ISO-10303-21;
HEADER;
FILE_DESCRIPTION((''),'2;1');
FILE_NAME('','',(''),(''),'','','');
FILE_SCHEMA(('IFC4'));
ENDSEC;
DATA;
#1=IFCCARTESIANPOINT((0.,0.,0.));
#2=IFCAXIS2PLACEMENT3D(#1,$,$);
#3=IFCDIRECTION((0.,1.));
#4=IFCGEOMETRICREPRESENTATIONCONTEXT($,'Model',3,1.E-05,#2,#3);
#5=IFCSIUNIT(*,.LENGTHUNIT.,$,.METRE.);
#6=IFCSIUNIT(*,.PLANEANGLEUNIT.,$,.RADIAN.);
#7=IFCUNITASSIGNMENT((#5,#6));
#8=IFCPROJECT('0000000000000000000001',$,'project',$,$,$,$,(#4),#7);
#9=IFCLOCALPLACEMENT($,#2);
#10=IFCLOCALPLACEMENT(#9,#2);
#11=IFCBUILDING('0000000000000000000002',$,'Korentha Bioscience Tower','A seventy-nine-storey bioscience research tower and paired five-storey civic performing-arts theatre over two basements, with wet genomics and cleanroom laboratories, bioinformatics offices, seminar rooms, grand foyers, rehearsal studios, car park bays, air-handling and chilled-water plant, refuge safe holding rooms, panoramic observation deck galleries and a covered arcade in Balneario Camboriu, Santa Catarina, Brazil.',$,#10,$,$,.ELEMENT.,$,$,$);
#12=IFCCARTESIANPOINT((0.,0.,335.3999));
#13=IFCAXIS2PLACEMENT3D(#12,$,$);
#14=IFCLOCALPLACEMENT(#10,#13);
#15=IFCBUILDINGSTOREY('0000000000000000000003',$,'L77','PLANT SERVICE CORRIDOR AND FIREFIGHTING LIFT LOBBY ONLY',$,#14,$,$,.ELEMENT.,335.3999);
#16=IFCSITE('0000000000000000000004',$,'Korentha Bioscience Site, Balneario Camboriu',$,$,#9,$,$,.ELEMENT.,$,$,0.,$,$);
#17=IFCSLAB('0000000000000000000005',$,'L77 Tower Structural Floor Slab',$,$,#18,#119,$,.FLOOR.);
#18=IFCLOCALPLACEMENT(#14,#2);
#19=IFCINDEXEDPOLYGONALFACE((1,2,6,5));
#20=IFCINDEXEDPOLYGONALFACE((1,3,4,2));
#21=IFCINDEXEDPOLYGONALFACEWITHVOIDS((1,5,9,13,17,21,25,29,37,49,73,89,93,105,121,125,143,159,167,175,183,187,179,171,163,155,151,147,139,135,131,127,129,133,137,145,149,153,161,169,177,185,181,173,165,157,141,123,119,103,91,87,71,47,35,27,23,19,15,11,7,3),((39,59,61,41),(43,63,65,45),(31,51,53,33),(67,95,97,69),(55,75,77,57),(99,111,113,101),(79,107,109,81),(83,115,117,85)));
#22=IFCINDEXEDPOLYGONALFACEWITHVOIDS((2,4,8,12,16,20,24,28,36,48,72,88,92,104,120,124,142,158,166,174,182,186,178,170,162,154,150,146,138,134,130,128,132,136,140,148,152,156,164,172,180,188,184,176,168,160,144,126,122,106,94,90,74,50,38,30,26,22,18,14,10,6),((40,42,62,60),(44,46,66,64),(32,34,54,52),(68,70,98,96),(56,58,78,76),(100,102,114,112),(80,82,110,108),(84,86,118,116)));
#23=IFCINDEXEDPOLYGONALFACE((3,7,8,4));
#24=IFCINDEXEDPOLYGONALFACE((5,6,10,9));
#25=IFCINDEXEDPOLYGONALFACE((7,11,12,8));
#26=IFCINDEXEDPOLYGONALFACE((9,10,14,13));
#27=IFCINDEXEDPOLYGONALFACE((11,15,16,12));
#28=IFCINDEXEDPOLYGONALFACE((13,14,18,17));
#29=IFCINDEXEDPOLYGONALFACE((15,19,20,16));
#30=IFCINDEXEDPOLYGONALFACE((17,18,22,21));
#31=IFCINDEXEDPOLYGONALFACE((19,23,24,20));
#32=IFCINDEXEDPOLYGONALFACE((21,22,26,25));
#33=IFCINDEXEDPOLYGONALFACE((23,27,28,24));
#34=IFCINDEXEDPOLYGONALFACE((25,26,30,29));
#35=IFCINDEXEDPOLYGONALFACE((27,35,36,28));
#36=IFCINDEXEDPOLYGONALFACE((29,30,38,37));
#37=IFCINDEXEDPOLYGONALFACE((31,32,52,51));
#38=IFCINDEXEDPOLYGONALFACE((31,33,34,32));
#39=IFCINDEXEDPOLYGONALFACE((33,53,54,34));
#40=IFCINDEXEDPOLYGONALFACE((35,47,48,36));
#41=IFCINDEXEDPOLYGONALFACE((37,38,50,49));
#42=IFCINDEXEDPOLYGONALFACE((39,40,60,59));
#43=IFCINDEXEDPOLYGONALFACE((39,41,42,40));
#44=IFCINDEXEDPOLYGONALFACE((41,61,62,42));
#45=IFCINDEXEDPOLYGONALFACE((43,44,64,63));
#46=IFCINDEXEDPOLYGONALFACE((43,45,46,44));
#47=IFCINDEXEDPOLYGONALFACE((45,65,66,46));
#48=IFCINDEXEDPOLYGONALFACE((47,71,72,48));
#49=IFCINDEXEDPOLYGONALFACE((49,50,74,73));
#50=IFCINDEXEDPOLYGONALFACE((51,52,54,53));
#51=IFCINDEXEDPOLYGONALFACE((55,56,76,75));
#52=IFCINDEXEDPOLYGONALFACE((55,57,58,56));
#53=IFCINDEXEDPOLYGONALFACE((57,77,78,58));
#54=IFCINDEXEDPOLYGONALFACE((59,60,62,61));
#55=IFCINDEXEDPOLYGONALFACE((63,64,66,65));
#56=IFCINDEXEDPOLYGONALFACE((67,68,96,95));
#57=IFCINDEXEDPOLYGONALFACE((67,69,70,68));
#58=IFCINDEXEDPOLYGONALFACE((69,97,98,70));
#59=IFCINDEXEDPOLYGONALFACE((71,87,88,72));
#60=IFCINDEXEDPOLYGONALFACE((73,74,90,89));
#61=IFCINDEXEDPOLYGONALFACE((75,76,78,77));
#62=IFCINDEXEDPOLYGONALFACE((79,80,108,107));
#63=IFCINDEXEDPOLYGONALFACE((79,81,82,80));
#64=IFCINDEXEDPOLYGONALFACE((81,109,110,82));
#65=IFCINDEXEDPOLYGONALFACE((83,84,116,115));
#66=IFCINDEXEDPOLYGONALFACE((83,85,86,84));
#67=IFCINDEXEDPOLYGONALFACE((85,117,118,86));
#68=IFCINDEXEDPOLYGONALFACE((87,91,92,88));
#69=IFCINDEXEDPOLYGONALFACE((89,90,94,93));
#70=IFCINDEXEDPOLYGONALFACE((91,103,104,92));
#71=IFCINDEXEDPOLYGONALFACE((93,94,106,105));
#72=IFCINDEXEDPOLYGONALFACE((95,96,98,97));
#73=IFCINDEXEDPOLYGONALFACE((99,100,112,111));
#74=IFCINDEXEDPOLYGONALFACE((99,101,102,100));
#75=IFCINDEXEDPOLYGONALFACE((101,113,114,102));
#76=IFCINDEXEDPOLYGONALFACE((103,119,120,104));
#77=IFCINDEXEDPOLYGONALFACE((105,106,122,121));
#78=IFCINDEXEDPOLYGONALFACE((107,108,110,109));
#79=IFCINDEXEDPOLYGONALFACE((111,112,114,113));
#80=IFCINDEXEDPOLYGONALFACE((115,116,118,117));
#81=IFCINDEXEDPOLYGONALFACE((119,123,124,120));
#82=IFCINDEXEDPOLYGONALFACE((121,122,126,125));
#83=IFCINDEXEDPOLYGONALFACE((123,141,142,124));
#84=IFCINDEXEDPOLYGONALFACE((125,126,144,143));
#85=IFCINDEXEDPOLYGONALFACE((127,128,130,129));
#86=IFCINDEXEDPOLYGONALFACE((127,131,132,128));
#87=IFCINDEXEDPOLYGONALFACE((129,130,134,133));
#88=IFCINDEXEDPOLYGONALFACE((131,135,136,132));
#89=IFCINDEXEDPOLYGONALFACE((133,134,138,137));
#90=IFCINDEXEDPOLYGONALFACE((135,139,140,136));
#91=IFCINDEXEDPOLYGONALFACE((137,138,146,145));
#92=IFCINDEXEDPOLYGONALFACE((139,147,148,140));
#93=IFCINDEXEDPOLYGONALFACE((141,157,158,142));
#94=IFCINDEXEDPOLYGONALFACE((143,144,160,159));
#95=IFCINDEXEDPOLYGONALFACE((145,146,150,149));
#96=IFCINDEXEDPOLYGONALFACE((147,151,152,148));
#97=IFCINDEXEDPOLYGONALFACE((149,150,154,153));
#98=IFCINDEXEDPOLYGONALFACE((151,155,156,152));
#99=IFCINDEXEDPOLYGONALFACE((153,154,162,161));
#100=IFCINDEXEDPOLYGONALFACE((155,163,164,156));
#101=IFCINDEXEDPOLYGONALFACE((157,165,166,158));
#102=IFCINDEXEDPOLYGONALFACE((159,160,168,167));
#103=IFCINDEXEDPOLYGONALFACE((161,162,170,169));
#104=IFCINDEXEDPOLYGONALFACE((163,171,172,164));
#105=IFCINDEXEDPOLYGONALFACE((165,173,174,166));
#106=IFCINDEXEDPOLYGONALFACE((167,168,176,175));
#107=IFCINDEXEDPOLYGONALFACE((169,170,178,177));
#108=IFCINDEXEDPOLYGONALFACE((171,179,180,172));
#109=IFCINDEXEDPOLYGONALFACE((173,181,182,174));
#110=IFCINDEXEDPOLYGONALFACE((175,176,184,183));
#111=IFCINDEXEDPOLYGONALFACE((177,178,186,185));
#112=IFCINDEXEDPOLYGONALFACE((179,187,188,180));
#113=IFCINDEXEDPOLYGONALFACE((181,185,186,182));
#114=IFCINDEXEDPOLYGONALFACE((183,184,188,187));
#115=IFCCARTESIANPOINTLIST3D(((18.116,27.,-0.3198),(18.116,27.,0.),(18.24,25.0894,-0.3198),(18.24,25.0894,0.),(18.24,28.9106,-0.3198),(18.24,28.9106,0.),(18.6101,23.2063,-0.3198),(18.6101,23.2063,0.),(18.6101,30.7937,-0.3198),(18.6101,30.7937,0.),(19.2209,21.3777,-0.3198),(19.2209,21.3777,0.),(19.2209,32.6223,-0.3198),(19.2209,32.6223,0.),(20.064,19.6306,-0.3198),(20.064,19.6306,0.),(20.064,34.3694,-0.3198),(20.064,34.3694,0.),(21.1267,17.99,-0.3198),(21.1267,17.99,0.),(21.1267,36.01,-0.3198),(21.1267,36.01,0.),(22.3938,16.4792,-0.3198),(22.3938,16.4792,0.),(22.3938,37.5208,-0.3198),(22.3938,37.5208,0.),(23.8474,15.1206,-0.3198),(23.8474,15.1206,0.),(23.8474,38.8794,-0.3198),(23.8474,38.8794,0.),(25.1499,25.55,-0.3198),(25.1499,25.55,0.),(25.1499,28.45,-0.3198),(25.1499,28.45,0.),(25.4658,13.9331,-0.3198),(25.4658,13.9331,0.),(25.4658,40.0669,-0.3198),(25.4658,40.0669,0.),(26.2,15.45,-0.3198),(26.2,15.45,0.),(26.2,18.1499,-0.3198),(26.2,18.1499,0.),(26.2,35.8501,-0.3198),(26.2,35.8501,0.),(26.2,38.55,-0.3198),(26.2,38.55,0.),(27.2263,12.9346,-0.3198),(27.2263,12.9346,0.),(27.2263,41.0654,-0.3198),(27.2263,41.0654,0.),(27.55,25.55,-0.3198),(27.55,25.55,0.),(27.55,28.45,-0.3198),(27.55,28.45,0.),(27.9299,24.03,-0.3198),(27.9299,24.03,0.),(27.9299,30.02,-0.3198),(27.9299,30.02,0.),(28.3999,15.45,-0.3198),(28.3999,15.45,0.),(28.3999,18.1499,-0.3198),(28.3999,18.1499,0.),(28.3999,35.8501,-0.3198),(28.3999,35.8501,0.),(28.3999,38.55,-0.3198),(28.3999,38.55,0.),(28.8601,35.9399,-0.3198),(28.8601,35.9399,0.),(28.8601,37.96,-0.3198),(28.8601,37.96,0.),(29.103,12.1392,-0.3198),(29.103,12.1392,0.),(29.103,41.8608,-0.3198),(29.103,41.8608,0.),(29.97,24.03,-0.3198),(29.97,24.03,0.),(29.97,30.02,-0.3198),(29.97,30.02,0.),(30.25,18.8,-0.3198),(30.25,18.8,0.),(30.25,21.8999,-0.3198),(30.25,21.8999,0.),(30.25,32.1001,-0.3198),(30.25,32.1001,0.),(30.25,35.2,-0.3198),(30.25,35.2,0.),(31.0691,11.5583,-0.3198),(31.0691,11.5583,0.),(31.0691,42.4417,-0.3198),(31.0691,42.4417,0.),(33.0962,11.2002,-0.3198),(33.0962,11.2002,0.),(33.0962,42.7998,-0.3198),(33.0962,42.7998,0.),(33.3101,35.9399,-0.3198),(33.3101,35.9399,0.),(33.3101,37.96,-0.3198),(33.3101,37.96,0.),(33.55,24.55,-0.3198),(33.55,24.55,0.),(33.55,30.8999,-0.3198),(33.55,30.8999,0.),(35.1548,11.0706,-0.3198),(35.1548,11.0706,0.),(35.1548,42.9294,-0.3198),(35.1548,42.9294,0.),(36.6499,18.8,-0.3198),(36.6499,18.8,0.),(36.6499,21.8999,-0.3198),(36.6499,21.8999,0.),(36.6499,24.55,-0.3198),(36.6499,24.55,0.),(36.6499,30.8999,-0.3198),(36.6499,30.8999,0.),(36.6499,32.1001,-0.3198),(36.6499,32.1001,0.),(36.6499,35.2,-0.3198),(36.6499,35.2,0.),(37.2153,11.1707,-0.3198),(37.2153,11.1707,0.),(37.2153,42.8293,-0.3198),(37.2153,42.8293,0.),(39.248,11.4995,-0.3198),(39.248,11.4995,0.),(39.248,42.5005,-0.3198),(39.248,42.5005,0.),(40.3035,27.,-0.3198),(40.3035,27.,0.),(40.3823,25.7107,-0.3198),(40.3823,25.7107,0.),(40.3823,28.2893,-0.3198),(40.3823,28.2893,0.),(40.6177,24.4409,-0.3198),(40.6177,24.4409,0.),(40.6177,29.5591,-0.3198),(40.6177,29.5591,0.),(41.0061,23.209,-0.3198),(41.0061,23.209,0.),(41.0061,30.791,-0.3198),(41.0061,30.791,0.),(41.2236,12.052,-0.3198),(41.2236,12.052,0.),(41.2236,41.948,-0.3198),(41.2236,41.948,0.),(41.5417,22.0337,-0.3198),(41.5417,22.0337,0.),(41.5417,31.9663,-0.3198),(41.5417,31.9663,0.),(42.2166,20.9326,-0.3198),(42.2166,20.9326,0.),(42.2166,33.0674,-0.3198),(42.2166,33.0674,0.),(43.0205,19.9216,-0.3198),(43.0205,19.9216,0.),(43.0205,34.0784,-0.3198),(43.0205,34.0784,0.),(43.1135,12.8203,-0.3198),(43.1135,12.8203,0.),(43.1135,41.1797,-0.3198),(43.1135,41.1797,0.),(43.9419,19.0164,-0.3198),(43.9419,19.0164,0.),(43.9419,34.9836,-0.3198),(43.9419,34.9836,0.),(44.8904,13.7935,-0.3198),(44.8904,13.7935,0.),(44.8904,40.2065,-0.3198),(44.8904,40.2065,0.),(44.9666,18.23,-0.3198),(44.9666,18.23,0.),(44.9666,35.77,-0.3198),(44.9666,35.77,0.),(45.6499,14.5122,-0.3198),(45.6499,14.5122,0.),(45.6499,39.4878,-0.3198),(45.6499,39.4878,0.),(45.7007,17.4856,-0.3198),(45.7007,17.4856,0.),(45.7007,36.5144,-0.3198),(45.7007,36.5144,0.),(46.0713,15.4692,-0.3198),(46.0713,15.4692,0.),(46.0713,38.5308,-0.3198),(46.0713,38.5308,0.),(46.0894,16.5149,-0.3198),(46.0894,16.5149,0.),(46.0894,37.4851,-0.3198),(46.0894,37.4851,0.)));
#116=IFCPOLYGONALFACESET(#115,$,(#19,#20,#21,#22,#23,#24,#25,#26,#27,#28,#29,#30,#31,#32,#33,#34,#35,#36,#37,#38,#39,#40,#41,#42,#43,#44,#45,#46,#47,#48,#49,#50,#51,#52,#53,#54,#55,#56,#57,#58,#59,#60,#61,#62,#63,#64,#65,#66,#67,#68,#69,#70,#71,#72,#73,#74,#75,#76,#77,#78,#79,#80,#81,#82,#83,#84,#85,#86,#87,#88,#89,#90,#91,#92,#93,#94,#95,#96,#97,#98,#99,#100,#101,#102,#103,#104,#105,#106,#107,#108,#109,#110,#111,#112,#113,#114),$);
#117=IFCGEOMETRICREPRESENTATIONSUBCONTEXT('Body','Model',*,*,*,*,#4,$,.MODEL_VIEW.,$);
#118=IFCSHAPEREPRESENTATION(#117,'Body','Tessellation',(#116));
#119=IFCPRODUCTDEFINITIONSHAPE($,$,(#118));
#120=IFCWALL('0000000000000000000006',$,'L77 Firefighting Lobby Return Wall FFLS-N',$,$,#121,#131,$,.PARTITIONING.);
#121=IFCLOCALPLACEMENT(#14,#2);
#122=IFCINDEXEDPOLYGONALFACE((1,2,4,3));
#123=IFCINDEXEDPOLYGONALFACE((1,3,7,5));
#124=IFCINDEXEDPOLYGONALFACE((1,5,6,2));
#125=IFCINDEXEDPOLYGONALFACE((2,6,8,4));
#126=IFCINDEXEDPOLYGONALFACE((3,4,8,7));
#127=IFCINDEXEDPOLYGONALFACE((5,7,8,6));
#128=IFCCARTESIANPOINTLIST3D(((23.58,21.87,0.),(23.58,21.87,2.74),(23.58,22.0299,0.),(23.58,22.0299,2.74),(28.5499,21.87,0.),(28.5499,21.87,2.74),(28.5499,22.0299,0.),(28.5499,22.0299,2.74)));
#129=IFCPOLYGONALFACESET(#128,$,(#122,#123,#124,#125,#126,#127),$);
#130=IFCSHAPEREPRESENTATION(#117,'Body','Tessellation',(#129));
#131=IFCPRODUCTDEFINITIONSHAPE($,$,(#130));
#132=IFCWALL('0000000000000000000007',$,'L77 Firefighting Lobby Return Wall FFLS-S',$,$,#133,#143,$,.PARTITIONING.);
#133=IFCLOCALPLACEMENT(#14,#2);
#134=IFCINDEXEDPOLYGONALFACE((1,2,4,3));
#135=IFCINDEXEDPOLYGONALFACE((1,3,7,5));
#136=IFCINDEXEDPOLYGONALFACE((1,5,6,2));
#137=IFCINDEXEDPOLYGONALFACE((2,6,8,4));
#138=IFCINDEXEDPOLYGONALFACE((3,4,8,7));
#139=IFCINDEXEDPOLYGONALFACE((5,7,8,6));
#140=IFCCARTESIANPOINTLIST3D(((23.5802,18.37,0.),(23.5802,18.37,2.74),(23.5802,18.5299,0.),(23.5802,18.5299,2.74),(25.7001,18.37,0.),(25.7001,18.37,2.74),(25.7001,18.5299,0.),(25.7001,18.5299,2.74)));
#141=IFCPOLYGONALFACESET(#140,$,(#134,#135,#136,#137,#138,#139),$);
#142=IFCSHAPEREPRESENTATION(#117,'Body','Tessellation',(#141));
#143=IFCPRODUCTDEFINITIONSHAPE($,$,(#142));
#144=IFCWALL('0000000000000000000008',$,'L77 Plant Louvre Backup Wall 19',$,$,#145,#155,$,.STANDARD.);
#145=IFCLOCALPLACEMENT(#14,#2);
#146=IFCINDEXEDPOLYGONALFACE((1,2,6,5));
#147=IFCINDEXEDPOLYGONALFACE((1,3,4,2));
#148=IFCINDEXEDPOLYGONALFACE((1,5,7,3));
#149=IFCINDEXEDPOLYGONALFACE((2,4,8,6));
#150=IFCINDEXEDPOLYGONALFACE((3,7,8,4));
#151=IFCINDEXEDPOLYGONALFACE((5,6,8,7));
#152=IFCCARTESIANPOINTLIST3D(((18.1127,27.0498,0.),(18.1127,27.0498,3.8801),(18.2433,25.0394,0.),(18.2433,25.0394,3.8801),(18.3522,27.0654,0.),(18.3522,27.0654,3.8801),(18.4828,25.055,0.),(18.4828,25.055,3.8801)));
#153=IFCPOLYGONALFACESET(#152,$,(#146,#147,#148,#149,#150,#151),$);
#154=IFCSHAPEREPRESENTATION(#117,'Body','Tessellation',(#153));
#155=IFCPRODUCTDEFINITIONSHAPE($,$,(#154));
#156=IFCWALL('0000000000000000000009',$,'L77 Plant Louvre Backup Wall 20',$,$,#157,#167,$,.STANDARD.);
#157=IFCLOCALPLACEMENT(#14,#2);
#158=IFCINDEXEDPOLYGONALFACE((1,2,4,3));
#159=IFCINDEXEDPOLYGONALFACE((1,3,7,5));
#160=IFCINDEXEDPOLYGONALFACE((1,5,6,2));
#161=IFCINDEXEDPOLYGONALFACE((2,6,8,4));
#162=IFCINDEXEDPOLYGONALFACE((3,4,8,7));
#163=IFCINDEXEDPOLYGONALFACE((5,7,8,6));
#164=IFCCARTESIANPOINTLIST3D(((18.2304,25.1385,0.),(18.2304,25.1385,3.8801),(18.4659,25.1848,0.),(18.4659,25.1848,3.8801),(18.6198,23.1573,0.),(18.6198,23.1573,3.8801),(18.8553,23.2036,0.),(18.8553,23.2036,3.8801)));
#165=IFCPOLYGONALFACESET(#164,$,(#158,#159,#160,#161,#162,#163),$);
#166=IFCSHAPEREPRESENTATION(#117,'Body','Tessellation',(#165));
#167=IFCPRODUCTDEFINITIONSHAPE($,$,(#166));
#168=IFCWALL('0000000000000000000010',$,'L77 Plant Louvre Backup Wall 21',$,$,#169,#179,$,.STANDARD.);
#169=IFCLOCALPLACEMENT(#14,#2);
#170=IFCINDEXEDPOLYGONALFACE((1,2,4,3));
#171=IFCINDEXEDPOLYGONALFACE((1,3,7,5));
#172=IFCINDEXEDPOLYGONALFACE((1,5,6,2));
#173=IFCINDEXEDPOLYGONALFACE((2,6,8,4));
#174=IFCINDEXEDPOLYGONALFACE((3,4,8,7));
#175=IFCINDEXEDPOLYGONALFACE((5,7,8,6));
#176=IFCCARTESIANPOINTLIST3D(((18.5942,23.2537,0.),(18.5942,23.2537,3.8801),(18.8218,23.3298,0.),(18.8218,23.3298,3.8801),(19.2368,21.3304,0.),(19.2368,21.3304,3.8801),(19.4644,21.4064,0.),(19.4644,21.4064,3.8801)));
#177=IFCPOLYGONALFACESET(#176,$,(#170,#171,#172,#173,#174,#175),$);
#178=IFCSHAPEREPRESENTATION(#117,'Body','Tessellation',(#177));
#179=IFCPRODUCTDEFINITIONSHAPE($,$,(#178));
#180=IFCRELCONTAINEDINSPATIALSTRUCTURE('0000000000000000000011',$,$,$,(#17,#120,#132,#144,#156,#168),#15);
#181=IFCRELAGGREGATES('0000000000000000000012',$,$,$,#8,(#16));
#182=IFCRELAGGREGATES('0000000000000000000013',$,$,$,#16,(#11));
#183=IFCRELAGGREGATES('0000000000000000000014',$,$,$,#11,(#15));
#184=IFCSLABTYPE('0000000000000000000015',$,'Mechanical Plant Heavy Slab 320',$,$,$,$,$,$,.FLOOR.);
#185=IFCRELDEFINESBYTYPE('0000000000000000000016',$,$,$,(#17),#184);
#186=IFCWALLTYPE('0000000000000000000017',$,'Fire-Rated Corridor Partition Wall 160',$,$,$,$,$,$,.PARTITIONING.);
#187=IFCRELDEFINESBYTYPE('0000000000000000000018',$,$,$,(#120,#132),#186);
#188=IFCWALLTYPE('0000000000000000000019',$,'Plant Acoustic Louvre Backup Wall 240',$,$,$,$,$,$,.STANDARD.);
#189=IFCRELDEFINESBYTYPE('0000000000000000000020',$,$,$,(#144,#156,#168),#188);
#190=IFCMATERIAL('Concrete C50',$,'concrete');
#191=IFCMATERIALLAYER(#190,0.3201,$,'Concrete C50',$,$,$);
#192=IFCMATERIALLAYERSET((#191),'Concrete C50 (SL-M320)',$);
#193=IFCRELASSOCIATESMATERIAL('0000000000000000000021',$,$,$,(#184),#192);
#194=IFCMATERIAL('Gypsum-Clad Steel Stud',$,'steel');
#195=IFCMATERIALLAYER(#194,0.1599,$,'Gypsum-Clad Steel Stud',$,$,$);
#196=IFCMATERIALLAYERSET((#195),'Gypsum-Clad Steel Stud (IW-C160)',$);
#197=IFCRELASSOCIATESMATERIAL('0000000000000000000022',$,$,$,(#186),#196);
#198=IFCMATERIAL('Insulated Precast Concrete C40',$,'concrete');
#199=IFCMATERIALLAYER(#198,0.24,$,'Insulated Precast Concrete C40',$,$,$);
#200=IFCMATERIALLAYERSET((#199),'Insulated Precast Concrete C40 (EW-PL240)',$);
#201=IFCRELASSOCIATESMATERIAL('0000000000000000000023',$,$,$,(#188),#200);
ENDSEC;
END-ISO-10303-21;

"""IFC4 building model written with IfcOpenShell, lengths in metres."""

from ifc_helpers import new_model, si_unit, direction, frame, frame_2d, origin, place, context, subcontext, project, spatial, polyline, rectangle, outline, extrude, material, layer, layer_set, type_object, element, save


model = new_model("IFC4")

# Units and contexts
model_context = context("Model", 3, precision=1e-05, world=origin(), true_north=direction((0.0, 1.0)))
body_context = subcontext(model_context, "Body", "Model", "MODEL_VIEW")
ifc_project = project(units=[si_unit("LENGTHUNIT", "METRE"), si_unit("PLANEANGLEUNIT", "RADIAN")], contexts=[model_context])

# Site, building, storey
site_placement = place(None, origin())
site = spatial("IfcSite", under=ifc_project, at=site_placement, Name="Korentha Bioscience Site, Balneario Camboriu", CompositionType="ELEMENT", RefElevation=0.0)
building_placement = place(site_placement, origin())
building = spatial("IfcBuilding", under=site, at=building_placement, Name="Korentha Bioscience Tower", Description="A seventy-nine-storey bioscience research tower and paired five-storey civic performing-arts theatre over two basements, with wet genomics and cleanroom laboratories, bioinformatics offices, seminar rooms, grand foyers, rehearsal studios, car park bays, air-handling and chilled-water plant, refuge safe holding rooms, panoramic observation deck galleries and a covered arcade in Balneario Camboriu, Santa Catarina, Brazil.", CompositionType="ELEMENT")
storey_placement = place(building_placement, frame((0.0, 0.0, 335.3999)))
storey = spatial("IfcBuildingStorey", under=building, at=storey_placement, Name="L77", Description="PLANT SERVICE CORRIDOR AND FIREFIGHTING LIFT LOBBY ONLY", CompositionType="ELEMENT", Elevation=335.3999)

# Shared definitions
ifc_material_1 = material(Name="Concrete C50", Category="concrete")

# Slab
ifc_layer_1 = layer(ifc_material_1, 0.3201, Name="Concrete C50")
ifc_layer_set_1 = layer_set([ifc_layer_1], Name="Concrete C50 (SL-M320)")
slab_type_1 = type_object("IfcSlabType", Name="Mechanical Plant Heavy Slab 320", PredefinedType="FLOOR", material=ifc_layer_set_1)
slab_1_placement = place(storey_placement, frame((0.0, 0.0, -0.3198)))
element("IfcSlab", 1, at=slab_1_placement, inside=storey, type_object=slab_type_1, Name="L77 Tower Structural Floor Slab", PredefinedType="FLOOR", context=body_context, shape_type="SweptSolid", body=[
    extrude(outline(polyline([(44.8904, 40.2065), (43.1135, 41.1797), (41.2236, 41.948), (39.248, 42.5005), (37.2153, 42.8293), (35.1548, 42.9294), (33.0962, 42.7998), (31.0691, 42.4417), (29.103, 41.8608), (27.2263, 41.0654), (25.4658, 40.0669), (23.8474, 38.8794), (22.3938, 37.5208), (21.1267, 36.01), (20.064, 34.3694), (19.2209, 32.6223), (18.6101, 30.7937), (18.24, 28.9106), (18.116, 27.0), (18.24, 25.0894), (18.6101, 23.2063), (19.2209, 21.3777), (20.064, 19.6306), (21.1267, 17.99), (22.3938, 16.4792), (23.8474, 15.1206), (25.4658, 13.9331), (27.2263, 12.9346), (29.103, 12.1392), (31.0691, 11.5583), (33.0962, 11.2002), (35.1548, 11.0706), (37.2153, 11.1707), (39.248, 11.4995), (41.2236, 12.052), (43.1135, 12.8203), (44.8904, 13.7935), (45.6499, 14.5122), (46.0713, 15.4692), (46.0894, 16.5149), (45.7007, 17.4856), (44.9666, 18.23), (43.9419, 19.0164), (43.0205, 19.9216), (42.2166, 20.9326), (41.5417, 22.0337), (41.0061, 23.209), (40.6177, 24.4409), (40.3823, 25.7107), (40.3035, 27.0), (40.3823, 28.2893), (40.6177, 29.5591), (41.0061, 30.791), (41.5417, 31.9663), (42.2166, 33.0674), (43.0205, 34.0784), (43.9419, 34.9836), (44.9666, 35.77), (45.7007, 36.5144), (46.0894, 37.4851), (46.0713, 38.5308), (45.6499, 39.4878), (44.8904, 40.2065)]), holes=[polyline([(30.25, 32.1001), (36.6499, 32.1001), (36.6499, 35.2), (30.25, 35.2), (30.25, 32.1001)]), polyline([(30.25, 18.8), (36.6499, 18.8), (36.6499, 21.8999), (30.25, 21.8999), (30.25, 18.8)]), polyline([(36.6499, 24.55), (36.6499, 30.8999), (33.55, 30.8999), (33.55, 24.55), (36.6499, 24.55)]), polyline([(27.9299, 24.03), (29.97, 24.03), (29.97, 30.02), (27.9299, 30.02), (27.9299, 24.03)]), polyline([(28.8601, 35.9399), (33.3101, 35.9399), (33.3101, 37.96), (28.8601, 37.96), (28.8601, 35.9399)]), polyline([(26.2, 15.45), (28.3999, 15.45), (28.3999, 18.1499), (26.2, 18.1499), (26.2, 15.45)]), polyline([(26.2, 35.8501), (28.3999, 35.8501), (28.3999, 38.55), (26.2, 38.55), (26.2, 35.8501)]), polyline([(25.1499, 25.55), (27.55, 25.55), (27.55, 28.45), (25.1499, 28.45), (25.1499, 25.55)])]), origin(), (0.0, 0.0, 1.0), 0.3198),
])

# Shared definitions
ifc_material_2 = material(Name="Gypsum-Clad Steel Stud", Category="steel")
ifc_layer_2 = layer(ifc_material_2, 0.1599, Name="Gypsum-Clad Steel Stud")
ifc_layer_set_2 = layer_set([ifc_layer_2], Name="Gypsum-Clad Steel Stud (IW-C160)")
wall_type_1 = type_object("IfcWallType", Name="Fire-Rated Corridor Partition Wall 160", PredefinedType="PARTITIONING", material=ifc_layer_set_2)

# Walls
wall_1_placement = place(storey_placement, frame((23.5801, 21.95, 0.0), z_axis=(0.0, 0.0, 1.0), x_axis=(1.0, 0.0, 0.0)))
element("IfcWall", 2, at=wall_1_placement, inside=storey, type_object=wall_type_1, Name="L77 Firefighting Lobby Return Wall FFLS-N", PredefinedType="PARTITIONING", context=body_context, shape_type="SweptSolid", body=[
    extrude(rectangle(XDim=4.97, YDim=0.1599, at=frame_2d((2.4849, 0.0))), origin(), (0.0, 0.0, 1.0), 2.74),
])
wall_2_placement = place(storey_placement, frame((23.5801, 18.45, 0.0), z_axis=(0.0, 0.0, 1.0), x_axis=(1.0, 0.0, 0.0)))
element("IfcWall", 3, at=wall_2_placement, inside=storey, type_object=wall_type_1, Name="L77 Firefighting Lobby Return Wall FFLS-S", PredefinedType="PARTITIONING", context=body_context, shape_type="SweptSolid", body=[
    extrude(rectangle(XDim=2.1199, YDim=0.1599, at=frame_2d((1.0601, 0.0))), origin(), (0.0, 0.0, 1.0), 2.74),
])
ifc_material_3 = material(Name="Insulated Precast Concrete C40", Category="concrete")
ifc_layer_3 = layer(ifc_material_3, 0.24, Name="Insulated Precast Concrete C40")
ifc_layer_set_3 = layer_set([ifc_layer_3], Name="Insulated Precast Concrete C40 (EW-PL240)")
wall_type_2 = type_object("IfcWallType", Name="Plant Acoustic Louvre Backup Wall 240", PredefinedType="STANDARD", material=ifc_layer_set_3)
wall_3_placement = place(storey_placement, frame((18.2324, 27.0576, 0.0), z_axis=(0.0, 0.0, 1.0), x_axis=(0.06483, -0.997896, 0.0)))
element("IfcWall", 4, at=wall_3_placement, inside=storey, type_object=wall_type_2, Name="L77 Plant Louvre Backup Wall 19", PredefinedType="STANDARD", context=body_context, shape_type="SweptSolid", body=[
    extrude(rectangle(XDim=2.0146, YDim=0.24, at=frame_2d((1.0073, 0.0))), origin(), (0.0, 0.0, 1.0), 3.8801),
])
wall_4_placement = place(storey_placement, frame((18.3481, 25.1616, 0.0), z_axis=(0.0, 0.0, 1.0), x_axis=(0.19286, -0.981226, 0.0)))
element("IfcWall", 5, at=wall_4_placement, inside=storey, type_object=wall_type_2, Name="L77 Plant Louvre Backup Wall 20", PredefinedType="STANDARD", context=body_context, shape_type="SweptSolid", body=[
    extrude(rectangle(XDim=2.019, YDim=0.24, at=frame_2d((1.0095, 0.0))), origin(), (0.0, 0.0, 1.0), 3.8801),
])
wall_5_placement = place(storey_placement, frame((18.708, 23.2917, 0.0), z_axis=(0.0, 0.0, 1.0), x_axis=(0.316878, -0.948466, 0.0)))
element("IfcWall", 6, at=wall_5_placement, inside=storey, type_object=wall_type_2, Name="L77 Plant Louvre Backup Wall 21", PredefinedType="STANDARD", context=body_context, shape_type="SweptSolid", body=[
    extrude(rectangle(XDim=2.0278, YDim=0.24, at=frame_2d((1.0139, 0.0))), origin(), (0.0, 0.0, 1.0), 3.8801),
])

save(model, "model.ifc")
